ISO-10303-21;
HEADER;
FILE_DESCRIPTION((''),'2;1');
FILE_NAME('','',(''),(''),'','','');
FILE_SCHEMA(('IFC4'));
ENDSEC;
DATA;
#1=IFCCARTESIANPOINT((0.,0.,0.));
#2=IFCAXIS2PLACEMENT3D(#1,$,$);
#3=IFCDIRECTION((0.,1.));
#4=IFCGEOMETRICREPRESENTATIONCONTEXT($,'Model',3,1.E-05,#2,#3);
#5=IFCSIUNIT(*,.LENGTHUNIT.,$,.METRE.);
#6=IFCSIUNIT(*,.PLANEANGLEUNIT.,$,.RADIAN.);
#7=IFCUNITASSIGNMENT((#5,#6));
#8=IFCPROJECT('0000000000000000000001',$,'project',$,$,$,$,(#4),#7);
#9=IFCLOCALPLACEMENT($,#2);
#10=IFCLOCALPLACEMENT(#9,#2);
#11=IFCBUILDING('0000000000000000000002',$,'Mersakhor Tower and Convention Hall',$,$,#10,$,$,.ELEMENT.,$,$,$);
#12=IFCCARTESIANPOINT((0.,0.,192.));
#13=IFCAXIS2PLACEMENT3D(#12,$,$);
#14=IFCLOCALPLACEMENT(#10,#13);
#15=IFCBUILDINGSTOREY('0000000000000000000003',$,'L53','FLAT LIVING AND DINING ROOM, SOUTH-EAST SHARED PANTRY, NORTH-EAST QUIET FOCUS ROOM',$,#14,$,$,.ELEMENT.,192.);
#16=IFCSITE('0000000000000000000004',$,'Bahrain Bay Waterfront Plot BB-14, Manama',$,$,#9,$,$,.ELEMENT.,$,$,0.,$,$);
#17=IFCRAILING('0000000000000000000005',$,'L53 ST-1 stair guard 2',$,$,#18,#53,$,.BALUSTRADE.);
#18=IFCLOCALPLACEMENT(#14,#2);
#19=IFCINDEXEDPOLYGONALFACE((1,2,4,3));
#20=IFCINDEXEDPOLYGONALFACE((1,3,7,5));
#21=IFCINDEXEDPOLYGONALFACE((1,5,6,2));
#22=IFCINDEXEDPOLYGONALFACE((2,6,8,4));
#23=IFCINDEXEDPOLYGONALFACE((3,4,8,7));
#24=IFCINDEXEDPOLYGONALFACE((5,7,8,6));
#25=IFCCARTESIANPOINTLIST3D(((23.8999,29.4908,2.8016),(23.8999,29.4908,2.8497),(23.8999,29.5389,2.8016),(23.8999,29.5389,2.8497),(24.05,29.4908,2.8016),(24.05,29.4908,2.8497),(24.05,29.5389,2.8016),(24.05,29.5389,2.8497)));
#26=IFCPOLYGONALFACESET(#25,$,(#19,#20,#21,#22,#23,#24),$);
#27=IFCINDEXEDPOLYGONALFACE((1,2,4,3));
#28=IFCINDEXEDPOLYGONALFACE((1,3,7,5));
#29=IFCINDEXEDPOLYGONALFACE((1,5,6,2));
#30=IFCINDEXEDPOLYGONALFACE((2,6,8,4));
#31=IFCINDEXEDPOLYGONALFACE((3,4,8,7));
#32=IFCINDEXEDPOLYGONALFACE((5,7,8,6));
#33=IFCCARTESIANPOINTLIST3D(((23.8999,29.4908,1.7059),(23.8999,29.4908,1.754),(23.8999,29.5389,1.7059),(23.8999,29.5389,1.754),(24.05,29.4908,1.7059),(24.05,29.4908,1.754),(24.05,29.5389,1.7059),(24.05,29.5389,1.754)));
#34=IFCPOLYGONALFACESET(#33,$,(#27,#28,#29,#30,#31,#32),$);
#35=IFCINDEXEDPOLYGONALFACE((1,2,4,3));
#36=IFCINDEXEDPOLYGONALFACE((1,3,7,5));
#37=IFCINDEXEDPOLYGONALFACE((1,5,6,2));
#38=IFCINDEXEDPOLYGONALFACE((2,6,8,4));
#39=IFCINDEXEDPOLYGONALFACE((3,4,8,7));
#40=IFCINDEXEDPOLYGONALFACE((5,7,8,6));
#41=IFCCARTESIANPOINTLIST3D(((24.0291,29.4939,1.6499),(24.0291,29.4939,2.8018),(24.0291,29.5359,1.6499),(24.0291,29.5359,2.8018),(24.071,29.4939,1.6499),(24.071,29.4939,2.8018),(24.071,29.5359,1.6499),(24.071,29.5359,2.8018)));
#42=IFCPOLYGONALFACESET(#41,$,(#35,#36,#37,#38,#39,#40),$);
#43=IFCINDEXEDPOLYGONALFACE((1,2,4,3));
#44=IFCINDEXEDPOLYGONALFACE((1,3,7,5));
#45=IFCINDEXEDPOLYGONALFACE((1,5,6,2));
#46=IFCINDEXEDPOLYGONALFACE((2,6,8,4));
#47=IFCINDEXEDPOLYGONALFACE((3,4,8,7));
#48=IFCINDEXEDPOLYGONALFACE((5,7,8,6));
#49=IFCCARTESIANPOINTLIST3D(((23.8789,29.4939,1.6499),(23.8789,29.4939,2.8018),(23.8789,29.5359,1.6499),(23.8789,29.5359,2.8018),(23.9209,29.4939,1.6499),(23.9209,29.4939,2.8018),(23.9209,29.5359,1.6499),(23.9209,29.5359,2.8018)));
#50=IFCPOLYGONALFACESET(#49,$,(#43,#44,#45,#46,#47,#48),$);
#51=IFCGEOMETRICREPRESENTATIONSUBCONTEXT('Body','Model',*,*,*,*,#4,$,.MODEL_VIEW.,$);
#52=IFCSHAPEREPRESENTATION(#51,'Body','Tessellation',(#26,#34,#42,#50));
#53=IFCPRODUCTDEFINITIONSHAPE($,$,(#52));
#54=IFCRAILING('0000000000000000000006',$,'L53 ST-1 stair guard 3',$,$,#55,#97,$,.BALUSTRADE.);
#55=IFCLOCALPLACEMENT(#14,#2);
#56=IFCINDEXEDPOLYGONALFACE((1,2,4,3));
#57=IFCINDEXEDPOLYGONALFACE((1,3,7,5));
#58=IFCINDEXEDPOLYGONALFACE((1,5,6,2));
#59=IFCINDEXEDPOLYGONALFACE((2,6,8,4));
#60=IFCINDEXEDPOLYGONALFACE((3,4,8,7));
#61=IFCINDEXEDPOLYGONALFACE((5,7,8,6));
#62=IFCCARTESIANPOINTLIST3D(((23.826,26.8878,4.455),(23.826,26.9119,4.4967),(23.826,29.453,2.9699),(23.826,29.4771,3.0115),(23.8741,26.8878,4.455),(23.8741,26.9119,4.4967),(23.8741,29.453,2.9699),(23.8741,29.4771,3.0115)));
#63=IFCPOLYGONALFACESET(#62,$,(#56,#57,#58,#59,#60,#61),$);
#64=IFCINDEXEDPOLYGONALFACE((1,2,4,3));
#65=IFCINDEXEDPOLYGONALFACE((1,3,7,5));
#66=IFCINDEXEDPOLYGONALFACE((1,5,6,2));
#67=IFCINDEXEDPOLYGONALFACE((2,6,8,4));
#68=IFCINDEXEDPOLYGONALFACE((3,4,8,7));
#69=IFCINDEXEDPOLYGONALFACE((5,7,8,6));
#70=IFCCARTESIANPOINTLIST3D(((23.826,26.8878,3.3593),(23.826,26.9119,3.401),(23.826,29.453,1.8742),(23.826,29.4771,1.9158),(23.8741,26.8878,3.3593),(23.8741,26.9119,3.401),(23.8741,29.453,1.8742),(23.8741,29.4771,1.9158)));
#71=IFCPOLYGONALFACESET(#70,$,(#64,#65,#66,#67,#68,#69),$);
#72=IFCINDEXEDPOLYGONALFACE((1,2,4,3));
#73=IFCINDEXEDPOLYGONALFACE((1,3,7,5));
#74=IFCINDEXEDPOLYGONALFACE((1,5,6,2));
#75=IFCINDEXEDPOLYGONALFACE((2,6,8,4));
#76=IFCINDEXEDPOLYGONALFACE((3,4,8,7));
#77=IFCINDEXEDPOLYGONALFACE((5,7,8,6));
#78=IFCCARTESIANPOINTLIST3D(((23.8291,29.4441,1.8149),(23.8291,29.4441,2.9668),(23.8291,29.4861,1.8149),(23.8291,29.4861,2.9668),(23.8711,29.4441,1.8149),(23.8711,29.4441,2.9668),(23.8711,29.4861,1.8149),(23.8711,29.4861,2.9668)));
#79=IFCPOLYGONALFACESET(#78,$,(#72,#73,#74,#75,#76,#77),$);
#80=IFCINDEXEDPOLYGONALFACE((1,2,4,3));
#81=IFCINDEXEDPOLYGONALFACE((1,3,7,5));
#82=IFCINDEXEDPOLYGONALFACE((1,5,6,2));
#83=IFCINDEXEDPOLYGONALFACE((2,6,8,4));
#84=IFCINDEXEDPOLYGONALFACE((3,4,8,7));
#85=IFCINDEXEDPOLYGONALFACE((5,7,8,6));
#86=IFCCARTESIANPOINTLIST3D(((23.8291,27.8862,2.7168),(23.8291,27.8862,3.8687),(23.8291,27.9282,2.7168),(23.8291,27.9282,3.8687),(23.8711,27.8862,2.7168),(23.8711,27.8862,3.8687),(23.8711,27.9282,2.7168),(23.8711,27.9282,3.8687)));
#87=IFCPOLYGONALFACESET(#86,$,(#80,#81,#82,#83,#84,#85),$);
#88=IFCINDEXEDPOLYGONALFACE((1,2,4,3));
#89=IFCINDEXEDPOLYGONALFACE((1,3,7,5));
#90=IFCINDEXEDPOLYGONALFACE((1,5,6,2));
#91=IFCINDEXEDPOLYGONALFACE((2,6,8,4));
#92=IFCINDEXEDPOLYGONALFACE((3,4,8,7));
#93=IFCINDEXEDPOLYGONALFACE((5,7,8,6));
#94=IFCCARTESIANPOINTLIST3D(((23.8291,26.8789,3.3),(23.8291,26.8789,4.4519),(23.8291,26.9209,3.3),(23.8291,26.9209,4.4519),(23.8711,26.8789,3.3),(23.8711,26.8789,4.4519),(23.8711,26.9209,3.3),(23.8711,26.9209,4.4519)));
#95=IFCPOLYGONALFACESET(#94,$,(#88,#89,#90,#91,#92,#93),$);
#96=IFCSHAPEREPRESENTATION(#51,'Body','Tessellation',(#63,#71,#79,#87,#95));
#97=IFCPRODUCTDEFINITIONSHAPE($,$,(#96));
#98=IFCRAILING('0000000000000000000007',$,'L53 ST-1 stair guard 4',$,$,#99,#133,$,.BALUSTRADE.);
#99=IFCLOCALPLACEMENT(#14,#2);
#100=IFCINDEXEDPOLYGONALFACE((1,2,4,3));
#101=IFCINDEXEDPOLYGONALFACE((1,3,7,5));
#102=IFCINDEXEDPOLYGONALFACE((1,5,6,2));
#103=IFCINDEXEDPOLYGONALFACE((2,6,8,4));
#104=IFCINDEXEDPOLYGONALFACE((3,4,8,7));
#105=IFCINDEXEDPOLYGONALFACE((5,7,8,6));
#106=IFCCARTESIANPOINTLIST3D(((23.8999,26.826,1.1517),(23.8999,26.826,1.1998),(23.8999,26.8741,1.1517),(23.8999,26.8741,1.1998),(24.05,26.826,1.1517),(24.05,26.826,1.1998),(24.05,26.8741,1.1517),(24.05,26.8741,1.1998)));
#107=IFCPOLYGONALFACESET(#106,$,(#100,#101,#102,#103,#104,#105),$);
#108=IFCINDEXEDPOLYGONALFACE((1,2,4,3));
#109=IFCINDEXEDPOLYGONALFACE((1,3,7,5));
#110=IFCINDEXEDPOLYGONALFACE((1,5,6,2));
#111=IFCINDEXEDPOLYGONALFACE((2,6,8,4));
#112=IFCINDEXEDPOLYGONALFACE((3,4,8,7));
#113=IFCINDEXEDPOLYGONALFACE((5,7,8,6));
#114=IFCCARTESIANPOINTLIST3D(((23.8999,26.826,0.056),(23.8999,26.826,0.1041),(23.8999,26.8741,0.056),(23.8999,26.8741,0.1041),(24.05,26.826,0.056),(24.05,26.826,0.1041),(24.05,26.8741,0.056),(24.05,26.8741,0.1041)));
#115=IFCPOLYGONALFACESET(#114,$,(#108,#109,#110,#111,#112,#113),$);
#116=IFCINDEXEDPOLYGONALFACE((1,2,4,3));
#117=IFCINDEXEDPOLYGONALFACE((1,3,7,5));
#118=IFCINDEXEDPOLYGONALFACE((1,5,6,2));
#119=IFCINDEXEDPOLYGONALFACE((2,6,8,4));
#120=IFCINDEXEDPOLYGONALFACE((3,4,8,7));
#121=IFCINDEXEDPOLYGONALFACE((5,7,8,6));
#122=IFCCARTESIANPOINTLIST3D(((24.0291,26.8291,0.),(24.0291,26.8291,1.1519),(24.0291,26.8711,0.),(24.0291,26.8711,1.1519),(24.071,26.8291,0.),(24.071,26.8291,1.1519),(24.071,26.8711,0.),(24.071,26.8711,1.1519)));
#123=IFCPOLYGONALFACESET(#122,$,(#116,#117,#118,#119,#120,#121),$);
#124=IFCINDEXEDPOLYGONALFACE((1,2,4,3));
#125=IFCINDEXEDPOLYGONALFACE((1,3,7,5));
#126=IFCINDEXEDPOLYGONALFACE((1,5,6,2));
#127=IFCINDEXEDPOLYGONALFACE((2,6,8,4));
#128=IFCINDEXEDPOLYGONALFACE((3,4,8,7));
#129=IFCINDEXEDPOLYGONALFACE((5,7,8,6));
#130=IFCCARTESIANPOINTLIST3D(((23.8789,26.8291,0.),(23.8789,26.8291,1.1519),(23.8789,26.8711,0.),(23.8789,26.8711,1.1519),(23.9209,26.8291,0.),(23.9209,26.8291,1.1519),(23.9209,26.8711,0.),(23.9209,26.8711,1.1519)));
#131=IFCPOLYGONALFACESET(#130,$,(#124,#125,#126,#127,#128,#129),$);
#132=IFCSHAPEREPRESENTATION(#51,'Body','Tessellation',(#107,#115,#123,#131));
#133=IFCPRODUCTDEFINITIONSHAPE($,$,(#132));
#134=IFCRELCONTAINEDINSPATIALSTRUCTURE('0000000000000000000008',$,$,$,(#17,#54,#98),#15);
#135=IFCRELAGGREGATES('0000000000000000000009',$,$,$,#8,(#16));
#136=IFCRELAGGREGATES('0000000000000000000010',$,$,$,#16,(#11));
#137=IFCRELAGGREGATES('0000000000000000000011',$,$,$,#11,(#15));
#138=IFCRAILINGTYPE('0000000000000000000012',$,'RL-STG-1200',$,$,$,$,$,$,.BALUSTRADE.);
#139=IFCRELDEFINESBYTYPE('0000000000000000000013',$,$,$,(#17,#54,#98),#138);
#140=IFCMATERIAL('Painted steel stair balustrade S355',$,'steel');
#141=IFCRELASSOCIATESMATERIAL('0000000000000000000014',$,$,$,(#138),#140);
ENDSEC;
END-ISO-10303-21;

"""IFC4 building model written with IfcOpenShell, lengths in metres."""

from ifc_helpers import new_model, si_unit, direction, frame, origin, origin_2d, place, context, subcontext, project, spatial, rectangle, extrude, material, type_object, element, save


model = new_model("IFC4")

# Units and contexts
model_context = context("Model", 3, precision=1e-05, world=origin(), true_north=direction((0.0, 1.0)))
body_context = subcontext(model_context, "Body", "Model", "MODEL_VIEW")
ifc_project = project(units=[si_unit("LENGTHUNIT", "METRE"), si_unit("PLANEANGLEUNIT", "RADIAN")], contexts=[model_context])

# Site, building, storey
site_placement = place(None, origin())
site = spatial("IfcSite", under=ifc_project, at=site_placement, Name="Bahrain Bay Waterfront Plot BB-14, Manama", CompositionType="ELEMENT", RefElevation=0.0)
building_placement = place(site_placement, origin())
building = spatial("IfcBuilding", under=site, at=building_placement, Name="Mersakhor Tower and Convention Hall", CompositionType="ELEMENT")
storey_placement = place(building_placement, frame((0.0, 0.0, 192.0)))
storey = spatial("IfcBuildingStorey", under=building, at=storey_placement, Name="L53", Description="FLAT LIVING AND DINING ROOM, SOUTH-EAST SHARED PANTRY, NORTH-EAST QUIET FOCUS ROOM", CompositionType="ELEMENT", Elevation=192.0)

# Railings
ifc_material_1 = material(Name="Painted steel stair balustrade S355", Category="steel")
railing_type_1 = type_object("IfcRailingType", Name="RL-STG-1200", PredefinedType="BALUSTRADE", material=ifc_material_1)
railing_1_placement = place(storey_placement, frame((24.05, 29.5149, 1.6499)))
element("IfcRailing", 1, at=railing_1_placement, inside=storey, type_object=railing_type_1, Name="L53 ST-1 stair guard 2", PredefinedType="BALUSTRADE", context=body_context, shape_type="SweptSolid", body=[
    extrude(rectangle(XDim=0.0481, YDim=0.0481, at=origin_2d()), frame((0.0, 0.0, 1.1758), z_axis=(-1.0, 0.0, 0.0), x_axis=(0.0, -1.0, 0.0)), (0.0, 0.0, 1.0), 0.1501),
    extrude(rectangle(XDim=0.0481, YDim=0.0481, at=origin_2d()), frame((0.0, 0.0, 0.0801), z_axis=(-1.0, 0.0, 0.0), x_axis=(0.0, -1.0, 0.0)), (0.0, 0.0, 1.0), 0.1501),
    extrude(rectangle(XDim=0.042, YDim=0.042, at=origin_2d()), origin(), (0.0, 0.0, 1.0), 1.1519),
    extrude(rectangle(XDim=0.042, YDim=0.042, at=origin_2d()), frame((-0.1501, 0.0, 0.0)), (0.0, 0.0, 1.0), 1.1519),
])
railing_2_placement = place(storey_placement, frame((23.8501, 29.4651, 1.8149)))
element("IfcRailing", 2, at=railing_2_placement, inside=storey, type_object=railing_type_1, Name="L53 ST-1 stair guard 3", PredefinedType="BALUSTRADE", context=body_context, shape_type="SweptSolid", body=[
    extrude(rectangle(XDim=0.0481, YDim=0.0481, at=origin_2d()), frame((0.0, 0.0, 1.1758), z_axis=(0.0, -0.865426, 0.501036), x_axis=(1.0, 0.0, 0.0)), (0.0, 0.0, 1.0), 2.9641),
    extrude(rectangle(XDim=0.0481, YDim=0.0481, at=origin_2d()), frame((0.0, 0.0, 0.0801), z_axis=(0.0, -0.865426, 0.501036), x_axis=(1.0, 0.0, 0.0)), (0.0, 0.0, 1.0), 2.9641),
    extrude(rectangle(XDim=0.042, YDim=0.042, at=origin_2d()), origin(), (0.0, 0.0, 1.0), 1.1519),
    extrude(rectangle(XDim=0.042, YDim=0.042, at=origin_2d()), frame((0.0, -1.5579, 0.9019)), (0.0, 0.0, 1.0), 1.1519),
    extrude(rectangle(XDim=0.042, YDim=0.042, at=origin_2d()), frame((0.0, -2.5652, 1.4851)), (0.0, 0.0, 1.0), 1.1519),
])
railing_3_placement = place(storey_placement, frame((24.05, 26.8501, 0.0)))
element("IfcRailing", 3, at=railing_3_placement, inside=storey, type_object=railing_type_1, Name="L53 ST-1 stair guard 4", PredefinedType="BALUSTRADE", context=body_context, shape_type="SweptSolid", body=[
    extrude(rectangle(XDim=0.0481, YDim=0.0481, at=origin_2d()), frame((0.0, 0.0, 1.1758), z_axis=(-1.0, 0.0, 0.0), x_axis=(0.0, -1.0, 0.0)), (0.0, 0.0, 1.0), 0.1501),
    extrude(rectangle(XDim=0.0481, YDim=0.0481, at=origin_2d()), frame((0.0, 0.0, 0.0801), z_axis=(-1.0, 0.0, 0.0), x_axis=(0.0, -1.0, 0.0)), (0.0, 0.0, 1.0), 0.1501),
    extrude(rectangle(XDim=0.042, YDim=0.042, at=origin_2d()), origin(), (0.0, 0.0, 1.0), 1.1519),
    extrude(rectangle(XDim=0.042, YDim=0.042, at=origin_2d()), frame((-0.1501, 0.0, 0.0)), (0.0, 0.0, 1.0), 1.1519),
])

save(model, "model.ifc")
